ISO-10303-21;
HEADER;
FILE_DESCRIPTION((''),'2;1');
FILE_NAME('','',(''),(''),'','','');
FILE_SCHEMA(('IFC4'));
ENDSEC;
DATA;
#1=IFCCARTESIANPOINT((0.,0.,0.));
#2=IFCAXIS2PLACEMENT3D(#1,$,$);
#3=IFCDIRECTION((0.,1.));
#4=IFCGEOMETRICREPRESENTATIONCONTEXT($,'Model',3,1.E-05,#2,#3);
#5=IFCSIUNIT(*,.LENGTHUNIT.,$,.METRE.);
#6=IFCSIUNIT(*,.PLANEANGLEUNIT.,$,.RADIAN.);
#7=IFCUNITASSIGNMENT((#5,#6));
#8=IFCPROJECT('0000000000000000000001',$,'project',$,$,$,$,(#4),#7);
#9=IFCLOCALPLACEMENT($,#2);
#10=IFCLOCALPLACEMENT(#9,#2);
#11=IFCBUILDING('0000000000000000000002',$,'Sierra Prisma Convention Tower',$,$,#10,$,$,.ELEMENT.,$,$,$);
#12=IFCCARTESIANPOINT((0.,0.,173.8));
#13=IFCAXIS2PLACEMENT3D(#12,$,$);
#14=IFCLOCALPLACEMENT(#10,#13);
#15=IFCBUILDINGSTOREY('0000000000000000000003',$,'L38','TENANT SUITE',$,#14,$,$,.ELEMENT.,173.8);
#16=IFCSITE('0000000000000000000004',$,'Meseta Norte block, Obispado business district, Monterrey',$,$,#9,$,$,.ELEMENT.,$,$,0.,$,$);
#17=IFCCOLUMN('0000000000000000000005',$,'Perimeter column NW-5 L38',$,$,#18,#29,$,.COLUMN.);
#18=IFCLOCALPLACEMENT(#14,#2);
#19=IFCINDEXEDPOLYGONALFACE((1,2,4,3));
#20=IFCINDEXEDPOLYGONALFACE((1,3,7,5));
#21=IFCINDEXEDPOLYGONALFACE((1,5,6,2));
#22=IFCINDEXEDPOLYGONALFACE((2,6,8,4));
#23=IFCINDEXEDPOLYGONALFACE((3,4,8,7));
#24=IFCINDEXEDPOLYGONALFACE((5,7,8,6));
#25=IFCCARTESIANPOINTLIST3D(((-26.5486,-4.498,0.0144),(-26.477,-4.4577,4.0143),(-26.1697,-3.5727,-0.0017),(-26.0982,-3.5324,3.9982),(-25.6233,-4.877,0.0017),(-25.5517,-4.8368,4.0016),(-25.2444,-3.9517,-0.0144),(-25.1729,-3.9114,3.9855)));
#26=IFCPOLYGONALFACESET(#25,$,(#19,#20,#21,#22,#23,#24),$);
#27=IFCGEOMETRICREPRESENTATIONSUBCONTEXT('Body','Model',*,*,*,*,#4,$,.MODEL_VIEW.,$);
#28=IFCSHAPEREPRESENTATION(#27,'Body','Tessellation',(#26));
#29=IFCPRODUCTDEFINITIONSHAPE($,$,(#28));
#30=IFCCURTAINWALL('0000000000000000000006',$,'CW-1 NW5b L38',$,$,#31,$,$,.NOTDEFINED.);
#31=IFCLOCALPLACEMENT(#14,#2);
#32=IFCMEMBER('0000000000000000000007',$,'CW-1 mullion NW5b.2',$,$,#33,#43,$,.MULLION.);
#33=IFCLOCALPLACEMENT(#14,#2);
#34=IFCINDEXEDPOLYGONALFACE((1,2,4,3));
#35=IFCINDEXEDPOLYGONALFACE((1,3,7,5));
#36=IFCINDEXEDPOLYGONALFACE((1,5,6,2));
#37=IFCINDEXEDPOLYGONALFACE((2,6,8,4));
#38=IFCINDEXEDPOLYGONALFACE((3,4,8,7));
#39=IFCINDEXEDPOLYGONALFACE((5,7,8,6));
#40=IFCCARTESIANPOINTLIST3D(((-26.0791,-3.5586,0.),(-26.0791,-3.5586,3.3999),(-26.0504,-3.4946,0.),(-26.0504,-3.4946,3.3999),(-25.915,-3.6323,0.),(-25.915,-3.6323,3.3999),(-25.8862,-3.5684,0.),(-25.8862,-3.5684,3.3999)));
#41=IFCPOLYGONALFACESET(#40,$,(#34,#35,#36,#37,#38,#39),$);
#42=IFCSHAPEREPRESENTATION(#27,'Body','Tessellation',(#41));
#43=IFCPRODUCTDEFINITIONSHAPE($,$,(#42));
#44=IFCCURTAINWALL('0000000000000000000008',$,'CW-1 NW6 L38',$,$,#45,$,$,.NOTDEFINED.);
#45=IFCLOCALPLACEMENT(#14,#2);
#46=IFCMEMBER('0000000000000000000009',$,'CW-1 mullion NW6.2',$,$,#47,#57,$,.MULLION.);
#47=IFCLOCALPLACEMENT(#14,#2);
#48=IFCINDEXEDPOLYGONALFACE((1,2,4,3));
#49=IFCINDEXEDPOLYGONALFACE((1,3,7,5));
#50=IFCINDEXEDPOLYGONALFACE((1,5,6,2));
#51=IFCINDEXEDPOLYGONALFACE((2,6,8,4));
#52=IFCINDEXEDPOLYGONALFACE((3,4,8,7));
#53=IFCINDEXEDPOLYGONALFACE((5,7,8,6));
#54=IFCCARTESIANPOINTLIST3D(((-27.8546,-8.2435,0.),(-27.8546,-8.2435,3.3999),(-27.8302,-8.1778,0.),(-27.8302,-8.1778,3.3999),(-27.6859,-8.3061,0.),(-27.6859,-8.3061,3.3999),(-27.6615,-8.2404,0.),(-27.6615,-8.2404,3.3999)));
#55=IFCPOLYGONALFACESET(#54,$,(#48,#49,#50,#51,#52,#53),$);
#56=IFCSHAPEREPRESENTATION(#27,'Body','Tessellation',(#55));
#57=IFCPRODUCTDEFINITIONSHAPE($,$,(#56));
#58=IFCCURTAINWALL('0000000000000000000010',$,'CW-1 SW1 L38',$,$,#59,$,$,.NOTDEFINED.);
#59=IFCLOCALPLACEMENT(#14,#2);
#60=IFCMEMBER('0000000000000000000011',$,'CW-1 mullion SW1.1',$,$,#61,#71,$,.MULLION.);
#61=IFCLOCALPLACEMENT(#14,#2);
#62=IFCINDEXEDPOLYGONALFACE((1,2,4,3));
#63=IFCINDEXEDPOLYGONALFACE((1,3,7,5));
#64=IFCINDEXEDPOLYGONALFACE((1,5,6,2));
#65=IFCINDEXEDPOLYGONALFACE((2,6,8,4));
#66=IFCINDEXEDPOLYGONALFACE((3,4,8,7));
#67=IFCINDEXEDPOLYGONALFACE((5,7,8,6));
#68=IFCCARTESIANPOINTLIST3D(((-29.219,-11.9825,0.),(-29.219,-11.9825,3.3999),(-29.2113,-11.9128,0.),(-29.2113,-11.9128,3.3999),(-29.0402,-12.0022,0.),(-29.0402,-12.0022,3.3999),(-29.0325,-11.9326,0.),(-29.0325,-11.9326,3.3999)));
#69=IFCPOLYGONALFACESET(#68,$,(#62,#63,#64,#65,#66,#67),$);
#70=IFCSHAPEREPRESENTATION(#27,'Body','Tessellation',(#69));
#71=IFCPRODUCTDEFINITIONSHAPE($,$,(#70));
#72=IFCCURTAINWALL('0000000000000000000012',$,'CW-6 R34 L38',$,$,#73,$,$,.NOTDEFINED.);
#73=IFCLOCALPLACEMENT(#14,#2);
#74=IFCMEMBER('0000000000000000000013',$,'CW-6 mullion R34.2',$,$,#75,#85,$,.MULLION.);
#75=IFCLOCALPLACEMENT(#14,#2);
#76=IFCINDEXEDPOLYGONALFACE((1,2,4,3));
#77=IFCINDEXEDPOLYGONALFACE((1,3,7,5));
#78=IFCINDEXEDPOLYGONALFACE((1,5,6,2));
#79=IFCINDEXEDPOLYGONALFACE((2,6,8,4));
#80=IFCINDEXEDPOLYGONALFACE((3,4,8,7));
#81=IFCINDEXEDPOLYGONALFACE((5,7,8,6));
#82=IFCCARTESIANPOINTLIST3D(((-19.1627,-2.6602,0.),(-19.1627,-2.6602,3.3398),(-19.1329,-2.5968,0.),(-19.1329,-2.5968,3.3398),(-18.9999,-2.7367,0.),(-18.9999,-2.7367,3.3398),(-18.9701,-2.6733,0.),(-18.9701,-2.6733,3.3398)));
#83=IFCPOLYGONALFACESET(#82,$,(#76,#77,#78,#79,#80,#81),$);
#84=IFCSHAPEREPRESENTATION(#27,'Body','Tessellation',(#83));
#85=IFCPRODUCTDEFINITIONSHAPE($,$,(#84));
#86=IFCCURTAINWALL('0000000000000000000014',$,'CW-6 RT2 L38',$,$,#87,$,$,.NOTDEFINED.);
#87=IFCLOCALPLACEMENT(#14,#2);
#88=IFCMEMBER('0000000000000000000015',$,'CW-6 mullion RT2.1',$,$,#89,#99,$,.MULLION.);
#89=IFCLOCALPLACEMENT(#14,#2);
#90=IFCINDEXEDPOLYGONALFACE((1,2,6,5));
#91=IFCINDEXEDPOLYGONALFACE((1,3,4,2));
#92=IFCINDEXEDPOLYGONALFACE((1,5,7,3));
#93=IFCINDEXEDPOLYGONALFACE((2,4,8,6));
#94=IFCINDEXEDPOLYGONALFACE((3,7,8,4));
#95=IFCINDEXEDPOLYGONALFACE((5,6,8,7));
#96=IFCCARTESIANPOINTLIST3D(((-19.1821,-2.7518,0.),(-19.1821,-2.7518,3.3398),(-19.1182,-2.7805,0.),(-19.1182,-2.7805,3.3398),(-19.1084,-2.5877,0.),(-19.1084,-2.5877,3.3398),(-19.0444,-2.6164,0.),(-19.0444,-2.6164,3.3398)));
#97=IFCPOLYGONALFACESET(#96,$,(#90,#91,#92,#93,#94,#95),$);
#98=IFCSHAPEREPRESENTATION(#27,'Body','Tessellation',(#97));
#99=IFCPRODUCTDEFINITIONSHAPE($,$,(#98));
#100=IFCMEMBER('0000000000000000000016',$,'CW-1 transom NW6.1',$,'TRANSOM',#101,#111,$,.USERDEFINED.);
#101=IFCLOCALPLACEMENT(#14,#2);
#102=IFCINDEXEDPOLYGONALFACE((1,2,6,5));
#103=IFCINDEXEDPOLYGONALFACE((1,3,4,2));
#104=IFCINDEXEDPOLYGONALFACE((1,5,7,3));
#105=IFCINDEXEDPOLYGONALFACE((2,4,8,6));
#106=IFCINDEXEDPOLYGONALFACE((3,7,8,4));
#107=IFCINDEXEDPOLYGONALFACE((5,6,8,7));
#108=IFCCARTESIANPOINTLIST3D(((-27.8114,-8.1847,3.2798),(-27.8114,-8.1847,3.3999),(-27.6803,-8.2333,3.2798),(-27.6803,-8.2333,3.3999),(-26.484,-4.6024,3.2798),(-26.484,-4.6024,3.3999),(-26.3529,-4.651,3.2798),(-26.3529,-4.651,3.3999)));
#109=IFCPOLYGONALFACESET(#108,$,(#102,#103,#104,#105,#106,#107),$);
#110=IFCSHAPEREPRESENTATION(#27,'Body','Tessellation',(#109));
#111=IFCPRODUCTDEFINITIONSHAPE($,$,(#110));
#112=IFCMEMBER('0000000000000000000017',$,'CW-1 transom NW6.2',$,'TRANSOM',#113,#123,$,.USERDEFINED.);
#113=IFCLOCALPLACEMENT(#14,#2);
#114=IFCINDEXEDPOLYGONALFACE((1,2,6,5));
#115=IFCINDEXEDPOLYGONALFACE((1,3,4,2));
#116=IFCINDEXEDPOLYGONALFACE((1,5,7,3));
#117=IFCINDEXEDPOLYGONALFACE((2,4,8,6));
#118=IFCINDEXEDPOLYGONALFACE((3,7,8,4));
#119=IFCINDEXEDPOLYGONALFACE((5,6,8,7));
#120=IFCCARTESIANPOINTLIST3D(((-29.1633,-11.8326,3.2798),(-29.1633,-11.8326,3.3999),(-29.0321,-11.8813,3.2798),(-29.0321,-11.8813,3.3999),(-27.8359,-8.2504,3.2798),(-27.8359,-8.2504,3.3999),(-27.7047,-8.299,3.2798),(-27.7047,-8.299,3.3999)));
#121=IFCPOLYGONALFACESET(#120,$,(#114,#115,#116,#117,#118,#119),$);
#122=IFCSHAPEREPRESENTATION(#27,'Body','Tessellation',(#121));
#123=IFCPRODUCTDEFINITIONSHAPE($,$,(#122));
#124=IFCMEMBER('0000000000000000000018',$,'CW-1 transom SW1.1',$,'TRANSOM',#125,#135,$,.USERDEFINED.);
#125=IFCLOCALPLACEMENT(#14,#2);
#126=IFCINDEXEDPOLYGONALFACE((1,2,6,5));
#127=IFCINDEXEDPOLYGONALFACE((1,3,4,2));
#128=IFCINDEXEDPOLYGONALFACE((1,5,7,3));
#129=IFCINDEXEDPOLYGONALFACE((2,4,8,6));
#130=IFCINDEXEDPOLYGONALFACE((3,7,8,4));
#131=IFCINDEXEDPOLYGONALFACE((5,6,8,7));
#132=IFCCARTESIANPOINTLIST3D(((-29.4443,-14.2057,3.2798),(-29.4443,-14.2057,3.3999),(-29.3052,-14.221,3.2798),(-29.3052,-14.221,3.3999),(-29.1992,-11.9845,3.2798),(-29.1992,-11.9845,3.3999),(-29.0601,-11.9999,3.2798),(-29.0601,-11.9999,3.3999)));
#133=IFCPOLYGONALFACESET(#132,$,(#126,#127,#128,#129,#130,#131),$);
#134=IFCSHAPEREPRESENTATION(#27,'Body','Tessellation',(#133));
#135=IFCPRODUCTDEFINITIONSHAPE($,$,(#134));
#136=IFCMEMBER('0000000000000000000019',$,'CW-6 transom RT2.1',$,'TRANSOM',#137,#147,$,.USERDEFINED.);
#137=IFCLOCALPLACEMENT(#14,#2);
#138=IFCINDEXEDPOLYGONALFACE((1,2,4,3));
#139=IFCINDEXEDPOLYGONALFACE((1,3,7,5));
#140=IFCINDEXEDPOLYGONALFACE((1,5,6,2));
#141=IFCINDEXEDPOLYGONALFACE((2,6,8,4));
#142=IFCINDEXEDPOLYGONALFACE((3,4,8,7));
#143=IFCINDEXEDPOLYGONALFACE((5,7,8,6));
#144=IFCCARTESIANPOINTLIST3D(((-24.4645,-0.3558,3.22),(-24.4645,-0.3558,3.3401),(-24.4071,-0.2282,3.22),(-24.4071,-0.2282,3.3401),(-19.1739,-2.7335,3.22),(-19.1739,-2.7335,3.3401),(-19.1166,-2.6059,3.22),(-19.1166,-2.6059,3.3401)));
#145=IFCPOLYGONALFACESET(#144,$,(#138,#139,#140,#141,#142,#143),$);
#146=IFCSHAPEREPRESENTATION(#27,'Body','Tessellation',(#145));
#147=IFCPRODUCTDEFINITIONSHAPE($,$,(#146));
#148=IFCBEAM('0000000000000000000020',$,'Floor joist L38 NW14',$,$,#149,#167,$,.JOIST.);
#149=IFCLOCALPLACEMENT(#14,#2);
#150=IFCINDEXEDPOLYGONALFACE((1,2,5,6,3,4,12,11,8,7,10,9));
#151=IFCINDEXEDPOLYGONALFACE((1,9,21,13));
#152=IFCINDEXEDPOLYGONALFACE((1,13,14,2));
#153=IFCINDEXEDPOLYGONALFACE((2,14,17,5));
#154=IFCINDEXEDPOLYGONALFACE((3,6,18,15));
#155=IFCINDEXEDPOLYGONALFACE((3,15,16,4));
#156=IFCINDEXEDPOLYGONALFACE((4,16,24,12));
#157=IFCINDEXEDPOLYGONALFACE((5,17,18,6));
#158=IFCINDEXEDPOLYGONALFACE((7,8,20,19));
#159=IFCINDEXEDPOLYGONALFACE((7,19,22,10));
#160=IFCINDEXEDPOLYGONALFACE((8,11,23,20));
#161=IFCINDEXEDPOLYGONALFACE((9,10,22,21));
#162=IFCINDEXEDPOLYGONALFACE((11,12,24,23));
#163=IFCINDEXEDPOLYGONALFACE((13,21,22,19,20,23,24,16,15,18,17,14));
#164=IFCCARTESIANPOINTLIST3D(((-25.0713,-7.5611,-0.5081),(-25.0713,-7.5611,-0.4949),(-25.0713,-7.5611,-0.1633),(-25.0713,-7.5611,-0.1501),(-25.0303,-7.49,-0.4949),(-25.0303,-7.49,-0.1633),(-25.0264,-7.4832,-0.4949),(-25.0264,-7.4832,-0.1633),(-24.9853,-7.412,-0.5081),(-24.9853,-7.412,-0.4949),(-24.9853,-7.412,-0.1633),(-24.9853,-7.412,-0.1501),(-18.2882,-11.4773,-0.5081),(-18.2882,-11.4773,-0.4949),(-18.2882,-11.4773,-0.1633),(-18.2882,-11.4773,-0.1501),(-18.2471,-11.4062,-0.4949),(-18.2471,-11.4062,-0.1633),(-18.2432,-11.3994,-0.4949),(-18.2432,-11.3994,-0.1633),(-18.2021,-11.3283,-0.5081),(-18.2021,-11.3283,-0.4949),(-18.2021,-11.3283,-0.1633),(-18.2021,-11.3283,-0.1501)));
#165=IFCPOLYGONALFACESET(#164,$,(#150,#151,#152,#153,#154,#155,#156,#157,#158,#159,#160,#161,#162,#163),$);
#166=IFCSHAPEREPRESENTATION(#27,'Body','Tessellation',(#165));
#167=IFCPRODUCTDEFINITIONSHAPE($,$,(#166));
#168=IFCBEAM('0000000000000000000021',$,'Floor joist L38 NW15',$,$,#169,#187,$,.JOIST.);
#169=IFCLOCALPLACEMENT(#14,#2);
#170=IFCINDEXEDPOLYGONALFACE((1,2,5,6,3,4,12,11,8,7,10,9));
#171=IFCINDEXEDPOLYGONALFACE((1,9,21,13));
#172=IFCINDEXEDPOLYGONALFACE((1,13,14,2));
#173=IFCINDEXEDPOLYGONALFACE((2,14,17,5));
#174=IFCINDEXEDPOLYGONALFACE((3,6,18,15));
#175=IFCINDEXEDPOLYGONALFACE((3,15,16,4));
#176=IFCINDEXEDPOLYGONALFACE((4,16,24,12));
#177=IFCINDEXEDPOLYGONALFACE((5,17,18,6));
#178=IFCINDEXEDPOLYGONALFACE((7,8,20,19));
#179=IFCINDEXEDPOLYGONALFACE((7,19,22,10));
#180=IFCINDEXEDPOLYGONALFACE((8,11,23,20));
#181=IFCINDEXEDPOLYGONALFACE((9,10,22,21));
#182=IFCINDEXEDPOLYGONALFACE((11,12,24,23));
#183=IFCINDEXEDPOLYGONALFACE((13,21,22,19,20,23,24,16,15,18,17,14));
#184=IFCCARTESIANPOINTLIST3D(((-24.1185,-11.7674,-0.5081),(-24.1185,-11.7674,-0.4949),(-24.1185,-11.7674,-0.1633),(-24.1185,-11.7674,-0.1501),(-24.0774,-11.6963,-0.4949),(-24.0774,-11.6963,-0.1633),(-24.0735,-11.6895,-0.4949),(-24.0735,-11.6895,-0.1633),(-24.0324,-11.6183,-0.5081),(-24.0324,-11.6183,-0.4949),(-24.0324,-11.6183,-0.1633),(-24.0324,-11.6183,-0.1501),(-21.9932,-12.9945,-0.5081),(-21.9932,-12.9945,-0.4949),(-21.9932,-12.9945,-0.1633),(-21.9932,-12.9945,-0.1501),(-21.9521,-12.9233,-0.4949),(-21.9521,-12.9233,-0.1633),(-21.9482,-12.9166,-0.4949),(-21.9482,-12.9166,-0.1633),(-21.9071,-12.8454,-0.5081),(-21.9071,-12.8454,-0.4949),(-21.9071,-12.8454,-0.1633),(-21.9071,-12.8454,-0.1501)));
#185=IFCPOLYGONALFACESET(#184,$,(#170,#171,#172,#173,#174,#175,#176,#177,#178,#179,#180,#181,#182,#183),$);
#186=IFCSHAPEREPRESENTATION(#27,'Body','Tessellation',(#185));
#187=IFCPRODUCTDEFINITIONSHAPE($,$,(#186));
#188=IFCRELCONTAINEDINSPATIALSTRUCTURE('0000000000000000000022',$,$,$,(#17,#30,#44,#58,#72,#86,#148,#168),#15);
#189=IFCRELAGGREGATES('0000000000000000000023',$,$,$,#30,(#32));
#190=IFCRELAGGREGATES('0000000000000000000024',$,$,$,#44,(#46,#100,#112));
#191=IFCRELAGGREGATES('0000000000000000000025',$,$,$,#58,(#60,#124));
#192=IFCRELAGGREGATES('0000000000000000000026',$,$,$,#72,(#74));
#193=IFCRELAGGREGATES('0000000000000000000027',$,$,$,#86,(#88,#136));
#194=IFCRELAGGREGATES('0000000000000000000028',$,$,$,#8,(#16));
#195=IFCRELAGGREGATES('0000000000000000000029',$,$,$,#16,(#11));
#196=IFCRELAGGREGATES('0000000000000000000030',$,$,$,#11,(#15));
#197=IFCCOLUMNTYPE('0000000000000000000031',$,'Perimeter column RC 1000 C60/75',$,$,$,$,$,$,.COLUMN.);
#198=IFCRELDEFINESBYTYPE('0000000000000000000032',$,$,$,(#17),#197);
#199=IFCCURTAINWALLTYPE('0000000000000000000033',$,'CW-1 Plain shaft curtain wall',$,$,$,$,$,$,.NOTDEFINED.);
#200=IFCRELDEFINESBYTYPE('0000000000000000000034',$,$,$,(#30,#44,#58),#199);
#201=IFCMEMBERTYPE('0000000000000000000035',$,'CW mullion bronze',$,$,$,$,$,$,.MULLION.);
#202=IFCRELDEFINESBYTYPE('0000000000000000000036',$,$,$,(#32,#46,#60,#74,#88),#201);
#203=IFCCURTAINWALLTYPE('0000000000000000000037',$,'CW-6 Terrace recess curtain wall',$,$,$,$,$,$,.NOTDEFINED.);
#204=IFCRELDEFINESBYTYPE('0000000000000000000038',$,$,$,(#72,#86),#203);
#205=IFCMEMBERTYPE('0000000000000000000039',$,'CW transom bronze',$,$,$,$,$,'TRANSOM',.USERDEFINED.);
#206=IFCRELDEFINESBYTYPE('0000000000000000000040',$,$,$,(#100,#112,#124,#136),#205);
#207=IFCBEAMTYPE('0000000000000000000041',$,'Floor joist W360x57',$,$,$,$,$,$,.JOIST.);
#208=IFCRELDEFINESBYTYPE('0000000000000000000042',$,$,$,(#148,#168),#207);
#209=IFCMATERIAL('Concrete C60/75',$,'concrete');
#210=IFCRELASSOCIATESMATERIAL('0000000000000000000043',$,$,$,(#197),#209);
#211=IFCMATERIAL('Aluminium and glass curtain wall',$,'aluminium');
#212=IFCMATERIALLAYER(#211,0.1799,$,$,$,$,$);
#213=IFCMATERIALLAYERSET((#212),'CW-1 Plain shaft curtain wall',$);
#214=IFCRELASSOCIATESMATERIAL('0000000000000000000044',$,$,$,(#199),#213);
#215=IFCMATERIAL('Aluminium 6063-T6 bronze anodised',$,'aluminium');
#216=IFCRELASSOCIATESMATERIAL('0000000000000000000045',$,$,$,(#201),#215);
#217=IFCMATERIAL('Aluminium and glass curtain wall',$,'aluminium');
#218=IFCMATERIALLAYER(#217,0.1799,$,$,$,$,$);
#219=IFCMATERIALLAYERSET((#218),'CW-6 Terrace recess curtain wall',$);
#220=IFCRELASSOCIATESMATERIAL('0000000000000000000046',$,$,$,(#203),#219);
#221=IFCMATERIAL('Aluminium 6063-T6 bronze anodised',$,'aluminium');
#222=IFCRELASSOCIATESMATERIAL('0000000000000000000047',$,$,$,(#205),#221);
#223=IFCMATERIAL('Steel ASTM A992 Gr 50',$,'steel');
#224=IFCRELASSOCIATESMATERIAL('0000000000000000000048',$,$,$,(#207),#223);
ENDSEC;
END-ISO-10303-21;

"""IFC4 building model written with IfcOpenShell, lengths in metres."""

from ifc_helpers import new_model, si_unit, direction, frame, origin, origin_2d, place, context, subcontext, project, spatial, rectangle, i_section, extrude, material, layer, layer_set, material_profile, profile_set, type_object, element, aggregate, save


model = new_model("IFC4")

# Units and contexts
model_context = context("Model", 3, precision=1e-05, world=origin(), true_north=direction((0.0, 1.0)))
body_context = subcontext(model_context, "Body", "Model", "MODEL_VIEW")
ifc_project = project(units=[si_unit("LENGTHUNIT", "METRE"), si_unit("PLANEANGLEUNIT", "RADIAN")], contexts=[model_context])

# Site, building, storey
site_placement = place(None, origin())
site = spatial("IfcSite", under=ifc_project, at=site_placement, Name="Meseta Norte block, Obispado business district, Monterrey", CompositionType="ELEMENT", RefElevation=0.0)
building_placement = place(site_placement, origin())
building = spatial("IfcBuilding", under=site, at=building_placement, Name="Sierra Prisma Convention Tower", CompositionType="ELEMENT")
storey_placement = place(building_placement, frame((0.0, 0.0, 173.8)))
storey = spatial("IfcBuildingStorey", under=building, at=storey_placement, Name="L38", Description="TENANT SUITE", CompositionType="ELEMENT", Elevation=173.8)

# Column
ifc_material_1 = material(Name="Concrete C60/75", Category="concrete")
ifc_material_profile_1 = material_profile(ifc_material_1, rectangle(XDim=1.0, YDim=1.0, at=origin_2d()), Name="Perimeter column RC 1000 C60/75")
ifc_profile_set_1 = profile_set([ifc_material_profile_1], Name="Concrete C60/75")
column_type = type_object("IfcColumnType", Name="Perimeter column RC 1000 C60/75", PredefinedType="COLUMN", material=ifc_profile_set_1)
column_placement = place(storey_placement, frame((-25.8965, -4.2249, 0.0), z_axis=(0.01788, 0.010069, 0.999789), x_axis=(0.378845, 0.92532, -0.016094)))
element("IfcColumn", 1, at=column_placement, inside=storey, type_object=column_type, Name="Perimeter column NW-5 L38", PredefinedType="COLUMN", context=body_context, shape_type="SweptSolid", body=[
    extrude(rectangle(XDim=1.0, YDim=1.0, at=origin_2d()), origin(), (0.0, 0.0, 1.0), 4.0007),
])

# Curtain walls, members
ifc_material_2 = material(Name="Aluminium and glass curtain wall", Category="aluminium")
ifc_layer_1 = layer(ifc_material_2, 0.1799)
ifc_layer_set_1 = layer_set([ifc_layer_1], Name="CW-1 Plain shaft curtain wall")
curtain_wall_type_1 = type_object("IfcCurtainWallType", Name="CW-1 Plain shaft curtain wall", PredefinedType="NOTDEFINED", material=ifc_layer_set_1)
curtain_wall_1_placement = place(storey_placement, origin())
curtain_wall_1 = element("IfcCurtainWall", 2, at=curtain_wall_1_placement, inside=storey, type_object=curtain_wall_type_1, Name="CW-1 NW5b L38", PredefinedType="NOTDEFINED")
ifc_material_3 = material(Name="Aluminium 6063-T6 bronze anodised", Category="aluminium")
ifc_material_profile_2 = material_profile(ifc_material_3, rectangle(XDim=0.1799, YDim=0.0701, at=origin_2d()), Name="ALU MULLION 70x180")
ifc_profile_set_2 = profile_set([ifc_material_profile_2], Name="Aluminium 6063-T6 bronze anodised")
member_type_1 = type_object("IfcMemberType", Name="CW mullion bronze", PredefinedType="MULLION", material=ifc_profile_set_2)
member_1_placement = place(storey_placement, frame((-25.9827, -3.5635, 0.0), z_axis=(0.0, 0.0, 1.0), x_axis=(0.912124, -0.409914, 0.0)))
member_1 = element("IfcMember", 3, at=member_1_placement, type_object=member_type_1, Name="CW-1 mullion NW5b.2", PredefinedType="MULLION", context=body_context, shape_type="SweptSolid", body=[
    extrude(rectangle(XDim=0.1799, YDim=0.0701, at=origin_2d()), origin(), (0.0, 0.0, 1.0), 3.3999),
])
curtain_wall_2_placement = place(storey_placement, origin())
curtain_wall_2 = element("IfcCurtainWall", 4, at=curtain_wall_2_placement, inside=storey, type_object=curtain_wall_type_1, Name="CW-1 NW6 L38", PredefinedType="NOTDEFINED")
member_2_placement = place(storey_placement, frame((-27.7581, -8.2419, 0.0), z_axis=(0.0, 0.0, 1.0), x_axis=(0.937693, -0.347465, 0.0)))
member_2 = element("IfcMember", 5, at=member_2_placement, type_object=member_type_1, Name="CW-1 mullion NW6.2", PredefinedType="MULLION", context=body_context, shape_type="SweptSolid", body=[
    extrude(rectangle(XDim=0.1799, YDim=0.0701, at=origin_2d()), origin(), (0.0, 0.0, 1.0), 3.3999),
])
curtain_wall_3_placement = place(storey_placement, origin())
curtain_wall_3 = element("IfcCurtainWall", 6, at=curtain_wall_3_placement, inside=storey, type_object=curtain_wall_type_1, Name="CW-1 SW1 L38", PredefinedType="NOTDEFINED")
member_3_placement = place(storey_placement, frame((-29.1257, -11.9575, 0.0), z_axis=(0.0, 0.0, 1.0), x_axis=(0.993963, -0.109719, 0.0)))
member_3 = element("IfcMember", 7, at=member_3_placement, type_object=member_type_1, Name="CW-1 mullion SW1.1", PredefinedType="MULLION", context=body_context, shape_type="SweptSolid", body=[
    extrude(rectangle(XDim=0.1799, YDim=0.0701, at=origin_2d()), origin(), (0.0, 0.0, 1.0), 3.3999),
])
ifc_material_4 = material(Name="Aluminium and glass curtain wall", Category="aluminium")
ifc_layer_2 = layer(ifc_material_4, 0.1799)
ifc_layer_set_2 = layer_set([ifc_layer_2], Name="CW-6 Terrace recess curtain wall")
curtain_wall_type_2 = type_object("IfcCurtainWallType", Name="CW-6 Terrace recess curtain wall", PredefinedType="NOTDEFINED", material=ifc_layer_set_2)
curtain_wall_4_placement = place(storey_placement, origin())
curtain_wall_4 = element("IfcCurtainWall", 8, at=curtain_wall_4_placement, inside=storey, type_object=curtain_wall_type_2, Name="CW-6 R34 L38", PredefinedType="NOTDEFINED")
member_4_placement = place(storey_placement, frame((-19.0664, -2.6667, 0.0), z_axis=(0.0, 0.0, 1.0), x_axis=(0.904916, -0.42559, 0.0)))
member_4 = element("IfcMember", 9, at=member_4_placement, type_object=member_type_1, Name="CW-6 mullion R34.2", PredefinedType="MULLION", context=body_context, shape_type="SweptSolid", body=[
    extrude(rectangle(XDim=0.1799, YDim=0.0701, at=origin_2d()), origin(), (0.0, 0.0, 1.0), 3.3398),
])
curtain_wall_5_placement = place(storey_placement, origin())
curtain_wall_5 = element("IfcCurtainWall", 10, at=curtain_wall_5_placement, inside=storey, type_object=curtain_wall_type_2, Name="CW-6 RT2 L38", PredefinedType="NOTDEFINED")
member_5_placement = place(storey_placement, frame((-19.1133, -2.6841, 0.0), z_axis=(0.0, 0.0, 1.0), x_axis=(-0.409914, -0.912124, 0.0)))
member_5 = element("IfcMember", 11, at=member_5_placement, type_object=member_type_1, Name="CW-6 mullion RT2.1", PredefinedType="MULLION", context=body_context, shape_type="SweptSolid", body=[
    extrude(rectangle(XDim=0.1799, YDim=0.0701, at=origin_2d()), origin(), (0.0, 0.0, 1.0), 3.3398),
])

# Members
ifc_material_5 = material(Name="Aluminium 6063-T6 bronze anodised", Category="aluminium")
ifc_material_profile_3 = material_profile(ifc_material_5, rectangle(XDim=0.1399, YDim=0.1201, at=origin_2d()), Name="ALU TRANSOM 120x140")
ifc_profile_set_3 = profile_set([ifc_material_profile_3], Name="Aluminium 6063-T6 bronze anodised")
member_type_2 = type_object("IfcMemberType", Name="CW transom bronze", ElementType="TRANSOM", PredefinedType="USERDEFINED", material=ifc_profile_set_3)
member_6_placement = place(storey_placement, frame((-26.4185, -4.6267, 3.3398), z_axis=(-0.347458, -0.937696, 0.0), x_axis=(0.937696, -0.347458, 0.0)))
member_6 = element("IfcMember", 12, at=member_6_placement, type_object=member_type_2, Name="CW-1 transom NW6.1", ObjectType="TRANSOM", PredefinedType="USERDEFINED", context=body_context, shape_type="SweptSolid", body=[
    extrude(rectangle(XDim=0.1399, YDim=0.1201, at=origin_2d()), origin(), (0.0, 0.0, 1.0), 3.8203),
])
member_7_placement = place(storey_placement, frame((-27.7703, -8.2747, 3.3398), z_axis=(-0.347458, -0.937696, 0.0), x_axis=(0.937696, -0.347458, 0.0)))
member_7 = element("IfcMember", 13, at=member_7_placement, type_object=member_type_2, Name="CW-1 transom NW6.2", ObjectType="TRANSOM", PredefinedType="USERDEFINED", context=body_context, shape_type="SweptSolid", body=[
    extrude(rectangle(XDim=0.1399, YDim=0.1201, at=origin_2d()), origin(), (0.0, 0.0, 1.0), 3.8203),
])
member_8_placement = place(storey_placement, frame((-29.1296, -11.9922, 3.3398), z_axis=(-0.109688, -0.993966, 0.0), x_axis=(0.993966, -0.109688, 0.0)))
member_8 = element("IfcMember", 14, at=member_8_placement, type_object=member_type_2, Name="CW-1 transom SW1.1", ObjectType="TRANSOM", PredefinedType="USERDEFINED", context=body_context, shape_type="SweptSolid", body=[
    extrude(rectangle(XDim=0.1399, YDim=0.1201, at=origin_2d()), origin(), (0.0, 0.0, 1.0), 2.2346),
])
member_9_placement = place(storey_placement, frame((-19.1453, -2.6697, 3.28), z_axis=(-0.912118, 0.409927, 0.0), x_axis=(-0.409927, -0.912118, 0.0)))
member_9 = element("IfcMember", 15, at=member_9_placement, type_object=member_type_2, Name="CW-6 transom RT2.1", ObjectType="TRANSOM", PredefinedType="USERDEFINED", context=body_context, shape_type="SweptSolid", body=[
    extrude(rectangle(XDim=0.1399, YDim=0.1201, at=origin_2d()), origin(), (0.0, 0.0, 1.0), 5.8003),
])

# Beams
ifc_material_6 = material(Name="Steel ASTM A992 Gr 50", Category="steel")
ifc_material_profile_4 = material_profile(ifc_material_6, i_section(OverallWidth=0.1721, OverallDepth=0.3579, WebThickness=0.0078, FlangeThickness=0.0132, at=origin_2d()), Name="W360x57")
ifc_profile_set_4 = profile_set([ifc_material_profile_4], Name="Steel ASTM A992 Gr 50")
beam_type_1 = type_object("IfcBeamType", Name="Floor joist W360x57", PredefinedType="JOIST", material=ifc_profile_set_4)
beam_1_placement = place(storey_placement, frame((-25.0283, -7.4866, -0.3291), z_axis=(0.866027, -0.499998, 0.0), x_axis=(0.499998, 0.866027, 0.0)))
element("IfcBeam", 16, at=beam_1_placement, inside=storey, type_object=beam_type_1, Name="Floor joist L38 NW14", PredefinedType="JOIST", context=body_context, shape_type="SweptSolid", body=[
    extrude(i_section(OverallWidth=0.1721, OverallDepth=0.3579, WebThickness=0.0078, FlangeThickness=0.0132, at=origin_2d()), origin(), (0.0, 0.0, 1.0), 7.8325),
])
beam_2_placement = place(storey_placement, frame((-24.0754, -11.6929, -0.3291), z_axis=(0.866018, -0.500012, 0.0), x_axis=(0.500012, 0.866018, 0.0)))
element("IfcBeam", 17, at=beam_2_placement, inside=storey, type_object=beam_type_1, Name="Floor joist L38 NW15", PredefinedType="JOIST", context=body_context, shape_type="SweptSolid", body=[
    extrude(i_section(OverallWidth=0.1721, OverallDepth=0.3579, WebThickness=0.0078, FlangeThickness=0.0132, at=origin_2d()), origin(), (0.0, 0.0, 1.0), 2.4541),
])

aggregate(curtain_wall_1, [member_1])
aggregate(curtain_wall_2, [member_2, member_6, member_7])
aggregate(curtain_wall_3, [member_3, member_8])
aggregate(curtain_wall_4, [member_4])
aggregate(curtain_wall_5, [member_5, member_9])

save(model, "model.ifc")
